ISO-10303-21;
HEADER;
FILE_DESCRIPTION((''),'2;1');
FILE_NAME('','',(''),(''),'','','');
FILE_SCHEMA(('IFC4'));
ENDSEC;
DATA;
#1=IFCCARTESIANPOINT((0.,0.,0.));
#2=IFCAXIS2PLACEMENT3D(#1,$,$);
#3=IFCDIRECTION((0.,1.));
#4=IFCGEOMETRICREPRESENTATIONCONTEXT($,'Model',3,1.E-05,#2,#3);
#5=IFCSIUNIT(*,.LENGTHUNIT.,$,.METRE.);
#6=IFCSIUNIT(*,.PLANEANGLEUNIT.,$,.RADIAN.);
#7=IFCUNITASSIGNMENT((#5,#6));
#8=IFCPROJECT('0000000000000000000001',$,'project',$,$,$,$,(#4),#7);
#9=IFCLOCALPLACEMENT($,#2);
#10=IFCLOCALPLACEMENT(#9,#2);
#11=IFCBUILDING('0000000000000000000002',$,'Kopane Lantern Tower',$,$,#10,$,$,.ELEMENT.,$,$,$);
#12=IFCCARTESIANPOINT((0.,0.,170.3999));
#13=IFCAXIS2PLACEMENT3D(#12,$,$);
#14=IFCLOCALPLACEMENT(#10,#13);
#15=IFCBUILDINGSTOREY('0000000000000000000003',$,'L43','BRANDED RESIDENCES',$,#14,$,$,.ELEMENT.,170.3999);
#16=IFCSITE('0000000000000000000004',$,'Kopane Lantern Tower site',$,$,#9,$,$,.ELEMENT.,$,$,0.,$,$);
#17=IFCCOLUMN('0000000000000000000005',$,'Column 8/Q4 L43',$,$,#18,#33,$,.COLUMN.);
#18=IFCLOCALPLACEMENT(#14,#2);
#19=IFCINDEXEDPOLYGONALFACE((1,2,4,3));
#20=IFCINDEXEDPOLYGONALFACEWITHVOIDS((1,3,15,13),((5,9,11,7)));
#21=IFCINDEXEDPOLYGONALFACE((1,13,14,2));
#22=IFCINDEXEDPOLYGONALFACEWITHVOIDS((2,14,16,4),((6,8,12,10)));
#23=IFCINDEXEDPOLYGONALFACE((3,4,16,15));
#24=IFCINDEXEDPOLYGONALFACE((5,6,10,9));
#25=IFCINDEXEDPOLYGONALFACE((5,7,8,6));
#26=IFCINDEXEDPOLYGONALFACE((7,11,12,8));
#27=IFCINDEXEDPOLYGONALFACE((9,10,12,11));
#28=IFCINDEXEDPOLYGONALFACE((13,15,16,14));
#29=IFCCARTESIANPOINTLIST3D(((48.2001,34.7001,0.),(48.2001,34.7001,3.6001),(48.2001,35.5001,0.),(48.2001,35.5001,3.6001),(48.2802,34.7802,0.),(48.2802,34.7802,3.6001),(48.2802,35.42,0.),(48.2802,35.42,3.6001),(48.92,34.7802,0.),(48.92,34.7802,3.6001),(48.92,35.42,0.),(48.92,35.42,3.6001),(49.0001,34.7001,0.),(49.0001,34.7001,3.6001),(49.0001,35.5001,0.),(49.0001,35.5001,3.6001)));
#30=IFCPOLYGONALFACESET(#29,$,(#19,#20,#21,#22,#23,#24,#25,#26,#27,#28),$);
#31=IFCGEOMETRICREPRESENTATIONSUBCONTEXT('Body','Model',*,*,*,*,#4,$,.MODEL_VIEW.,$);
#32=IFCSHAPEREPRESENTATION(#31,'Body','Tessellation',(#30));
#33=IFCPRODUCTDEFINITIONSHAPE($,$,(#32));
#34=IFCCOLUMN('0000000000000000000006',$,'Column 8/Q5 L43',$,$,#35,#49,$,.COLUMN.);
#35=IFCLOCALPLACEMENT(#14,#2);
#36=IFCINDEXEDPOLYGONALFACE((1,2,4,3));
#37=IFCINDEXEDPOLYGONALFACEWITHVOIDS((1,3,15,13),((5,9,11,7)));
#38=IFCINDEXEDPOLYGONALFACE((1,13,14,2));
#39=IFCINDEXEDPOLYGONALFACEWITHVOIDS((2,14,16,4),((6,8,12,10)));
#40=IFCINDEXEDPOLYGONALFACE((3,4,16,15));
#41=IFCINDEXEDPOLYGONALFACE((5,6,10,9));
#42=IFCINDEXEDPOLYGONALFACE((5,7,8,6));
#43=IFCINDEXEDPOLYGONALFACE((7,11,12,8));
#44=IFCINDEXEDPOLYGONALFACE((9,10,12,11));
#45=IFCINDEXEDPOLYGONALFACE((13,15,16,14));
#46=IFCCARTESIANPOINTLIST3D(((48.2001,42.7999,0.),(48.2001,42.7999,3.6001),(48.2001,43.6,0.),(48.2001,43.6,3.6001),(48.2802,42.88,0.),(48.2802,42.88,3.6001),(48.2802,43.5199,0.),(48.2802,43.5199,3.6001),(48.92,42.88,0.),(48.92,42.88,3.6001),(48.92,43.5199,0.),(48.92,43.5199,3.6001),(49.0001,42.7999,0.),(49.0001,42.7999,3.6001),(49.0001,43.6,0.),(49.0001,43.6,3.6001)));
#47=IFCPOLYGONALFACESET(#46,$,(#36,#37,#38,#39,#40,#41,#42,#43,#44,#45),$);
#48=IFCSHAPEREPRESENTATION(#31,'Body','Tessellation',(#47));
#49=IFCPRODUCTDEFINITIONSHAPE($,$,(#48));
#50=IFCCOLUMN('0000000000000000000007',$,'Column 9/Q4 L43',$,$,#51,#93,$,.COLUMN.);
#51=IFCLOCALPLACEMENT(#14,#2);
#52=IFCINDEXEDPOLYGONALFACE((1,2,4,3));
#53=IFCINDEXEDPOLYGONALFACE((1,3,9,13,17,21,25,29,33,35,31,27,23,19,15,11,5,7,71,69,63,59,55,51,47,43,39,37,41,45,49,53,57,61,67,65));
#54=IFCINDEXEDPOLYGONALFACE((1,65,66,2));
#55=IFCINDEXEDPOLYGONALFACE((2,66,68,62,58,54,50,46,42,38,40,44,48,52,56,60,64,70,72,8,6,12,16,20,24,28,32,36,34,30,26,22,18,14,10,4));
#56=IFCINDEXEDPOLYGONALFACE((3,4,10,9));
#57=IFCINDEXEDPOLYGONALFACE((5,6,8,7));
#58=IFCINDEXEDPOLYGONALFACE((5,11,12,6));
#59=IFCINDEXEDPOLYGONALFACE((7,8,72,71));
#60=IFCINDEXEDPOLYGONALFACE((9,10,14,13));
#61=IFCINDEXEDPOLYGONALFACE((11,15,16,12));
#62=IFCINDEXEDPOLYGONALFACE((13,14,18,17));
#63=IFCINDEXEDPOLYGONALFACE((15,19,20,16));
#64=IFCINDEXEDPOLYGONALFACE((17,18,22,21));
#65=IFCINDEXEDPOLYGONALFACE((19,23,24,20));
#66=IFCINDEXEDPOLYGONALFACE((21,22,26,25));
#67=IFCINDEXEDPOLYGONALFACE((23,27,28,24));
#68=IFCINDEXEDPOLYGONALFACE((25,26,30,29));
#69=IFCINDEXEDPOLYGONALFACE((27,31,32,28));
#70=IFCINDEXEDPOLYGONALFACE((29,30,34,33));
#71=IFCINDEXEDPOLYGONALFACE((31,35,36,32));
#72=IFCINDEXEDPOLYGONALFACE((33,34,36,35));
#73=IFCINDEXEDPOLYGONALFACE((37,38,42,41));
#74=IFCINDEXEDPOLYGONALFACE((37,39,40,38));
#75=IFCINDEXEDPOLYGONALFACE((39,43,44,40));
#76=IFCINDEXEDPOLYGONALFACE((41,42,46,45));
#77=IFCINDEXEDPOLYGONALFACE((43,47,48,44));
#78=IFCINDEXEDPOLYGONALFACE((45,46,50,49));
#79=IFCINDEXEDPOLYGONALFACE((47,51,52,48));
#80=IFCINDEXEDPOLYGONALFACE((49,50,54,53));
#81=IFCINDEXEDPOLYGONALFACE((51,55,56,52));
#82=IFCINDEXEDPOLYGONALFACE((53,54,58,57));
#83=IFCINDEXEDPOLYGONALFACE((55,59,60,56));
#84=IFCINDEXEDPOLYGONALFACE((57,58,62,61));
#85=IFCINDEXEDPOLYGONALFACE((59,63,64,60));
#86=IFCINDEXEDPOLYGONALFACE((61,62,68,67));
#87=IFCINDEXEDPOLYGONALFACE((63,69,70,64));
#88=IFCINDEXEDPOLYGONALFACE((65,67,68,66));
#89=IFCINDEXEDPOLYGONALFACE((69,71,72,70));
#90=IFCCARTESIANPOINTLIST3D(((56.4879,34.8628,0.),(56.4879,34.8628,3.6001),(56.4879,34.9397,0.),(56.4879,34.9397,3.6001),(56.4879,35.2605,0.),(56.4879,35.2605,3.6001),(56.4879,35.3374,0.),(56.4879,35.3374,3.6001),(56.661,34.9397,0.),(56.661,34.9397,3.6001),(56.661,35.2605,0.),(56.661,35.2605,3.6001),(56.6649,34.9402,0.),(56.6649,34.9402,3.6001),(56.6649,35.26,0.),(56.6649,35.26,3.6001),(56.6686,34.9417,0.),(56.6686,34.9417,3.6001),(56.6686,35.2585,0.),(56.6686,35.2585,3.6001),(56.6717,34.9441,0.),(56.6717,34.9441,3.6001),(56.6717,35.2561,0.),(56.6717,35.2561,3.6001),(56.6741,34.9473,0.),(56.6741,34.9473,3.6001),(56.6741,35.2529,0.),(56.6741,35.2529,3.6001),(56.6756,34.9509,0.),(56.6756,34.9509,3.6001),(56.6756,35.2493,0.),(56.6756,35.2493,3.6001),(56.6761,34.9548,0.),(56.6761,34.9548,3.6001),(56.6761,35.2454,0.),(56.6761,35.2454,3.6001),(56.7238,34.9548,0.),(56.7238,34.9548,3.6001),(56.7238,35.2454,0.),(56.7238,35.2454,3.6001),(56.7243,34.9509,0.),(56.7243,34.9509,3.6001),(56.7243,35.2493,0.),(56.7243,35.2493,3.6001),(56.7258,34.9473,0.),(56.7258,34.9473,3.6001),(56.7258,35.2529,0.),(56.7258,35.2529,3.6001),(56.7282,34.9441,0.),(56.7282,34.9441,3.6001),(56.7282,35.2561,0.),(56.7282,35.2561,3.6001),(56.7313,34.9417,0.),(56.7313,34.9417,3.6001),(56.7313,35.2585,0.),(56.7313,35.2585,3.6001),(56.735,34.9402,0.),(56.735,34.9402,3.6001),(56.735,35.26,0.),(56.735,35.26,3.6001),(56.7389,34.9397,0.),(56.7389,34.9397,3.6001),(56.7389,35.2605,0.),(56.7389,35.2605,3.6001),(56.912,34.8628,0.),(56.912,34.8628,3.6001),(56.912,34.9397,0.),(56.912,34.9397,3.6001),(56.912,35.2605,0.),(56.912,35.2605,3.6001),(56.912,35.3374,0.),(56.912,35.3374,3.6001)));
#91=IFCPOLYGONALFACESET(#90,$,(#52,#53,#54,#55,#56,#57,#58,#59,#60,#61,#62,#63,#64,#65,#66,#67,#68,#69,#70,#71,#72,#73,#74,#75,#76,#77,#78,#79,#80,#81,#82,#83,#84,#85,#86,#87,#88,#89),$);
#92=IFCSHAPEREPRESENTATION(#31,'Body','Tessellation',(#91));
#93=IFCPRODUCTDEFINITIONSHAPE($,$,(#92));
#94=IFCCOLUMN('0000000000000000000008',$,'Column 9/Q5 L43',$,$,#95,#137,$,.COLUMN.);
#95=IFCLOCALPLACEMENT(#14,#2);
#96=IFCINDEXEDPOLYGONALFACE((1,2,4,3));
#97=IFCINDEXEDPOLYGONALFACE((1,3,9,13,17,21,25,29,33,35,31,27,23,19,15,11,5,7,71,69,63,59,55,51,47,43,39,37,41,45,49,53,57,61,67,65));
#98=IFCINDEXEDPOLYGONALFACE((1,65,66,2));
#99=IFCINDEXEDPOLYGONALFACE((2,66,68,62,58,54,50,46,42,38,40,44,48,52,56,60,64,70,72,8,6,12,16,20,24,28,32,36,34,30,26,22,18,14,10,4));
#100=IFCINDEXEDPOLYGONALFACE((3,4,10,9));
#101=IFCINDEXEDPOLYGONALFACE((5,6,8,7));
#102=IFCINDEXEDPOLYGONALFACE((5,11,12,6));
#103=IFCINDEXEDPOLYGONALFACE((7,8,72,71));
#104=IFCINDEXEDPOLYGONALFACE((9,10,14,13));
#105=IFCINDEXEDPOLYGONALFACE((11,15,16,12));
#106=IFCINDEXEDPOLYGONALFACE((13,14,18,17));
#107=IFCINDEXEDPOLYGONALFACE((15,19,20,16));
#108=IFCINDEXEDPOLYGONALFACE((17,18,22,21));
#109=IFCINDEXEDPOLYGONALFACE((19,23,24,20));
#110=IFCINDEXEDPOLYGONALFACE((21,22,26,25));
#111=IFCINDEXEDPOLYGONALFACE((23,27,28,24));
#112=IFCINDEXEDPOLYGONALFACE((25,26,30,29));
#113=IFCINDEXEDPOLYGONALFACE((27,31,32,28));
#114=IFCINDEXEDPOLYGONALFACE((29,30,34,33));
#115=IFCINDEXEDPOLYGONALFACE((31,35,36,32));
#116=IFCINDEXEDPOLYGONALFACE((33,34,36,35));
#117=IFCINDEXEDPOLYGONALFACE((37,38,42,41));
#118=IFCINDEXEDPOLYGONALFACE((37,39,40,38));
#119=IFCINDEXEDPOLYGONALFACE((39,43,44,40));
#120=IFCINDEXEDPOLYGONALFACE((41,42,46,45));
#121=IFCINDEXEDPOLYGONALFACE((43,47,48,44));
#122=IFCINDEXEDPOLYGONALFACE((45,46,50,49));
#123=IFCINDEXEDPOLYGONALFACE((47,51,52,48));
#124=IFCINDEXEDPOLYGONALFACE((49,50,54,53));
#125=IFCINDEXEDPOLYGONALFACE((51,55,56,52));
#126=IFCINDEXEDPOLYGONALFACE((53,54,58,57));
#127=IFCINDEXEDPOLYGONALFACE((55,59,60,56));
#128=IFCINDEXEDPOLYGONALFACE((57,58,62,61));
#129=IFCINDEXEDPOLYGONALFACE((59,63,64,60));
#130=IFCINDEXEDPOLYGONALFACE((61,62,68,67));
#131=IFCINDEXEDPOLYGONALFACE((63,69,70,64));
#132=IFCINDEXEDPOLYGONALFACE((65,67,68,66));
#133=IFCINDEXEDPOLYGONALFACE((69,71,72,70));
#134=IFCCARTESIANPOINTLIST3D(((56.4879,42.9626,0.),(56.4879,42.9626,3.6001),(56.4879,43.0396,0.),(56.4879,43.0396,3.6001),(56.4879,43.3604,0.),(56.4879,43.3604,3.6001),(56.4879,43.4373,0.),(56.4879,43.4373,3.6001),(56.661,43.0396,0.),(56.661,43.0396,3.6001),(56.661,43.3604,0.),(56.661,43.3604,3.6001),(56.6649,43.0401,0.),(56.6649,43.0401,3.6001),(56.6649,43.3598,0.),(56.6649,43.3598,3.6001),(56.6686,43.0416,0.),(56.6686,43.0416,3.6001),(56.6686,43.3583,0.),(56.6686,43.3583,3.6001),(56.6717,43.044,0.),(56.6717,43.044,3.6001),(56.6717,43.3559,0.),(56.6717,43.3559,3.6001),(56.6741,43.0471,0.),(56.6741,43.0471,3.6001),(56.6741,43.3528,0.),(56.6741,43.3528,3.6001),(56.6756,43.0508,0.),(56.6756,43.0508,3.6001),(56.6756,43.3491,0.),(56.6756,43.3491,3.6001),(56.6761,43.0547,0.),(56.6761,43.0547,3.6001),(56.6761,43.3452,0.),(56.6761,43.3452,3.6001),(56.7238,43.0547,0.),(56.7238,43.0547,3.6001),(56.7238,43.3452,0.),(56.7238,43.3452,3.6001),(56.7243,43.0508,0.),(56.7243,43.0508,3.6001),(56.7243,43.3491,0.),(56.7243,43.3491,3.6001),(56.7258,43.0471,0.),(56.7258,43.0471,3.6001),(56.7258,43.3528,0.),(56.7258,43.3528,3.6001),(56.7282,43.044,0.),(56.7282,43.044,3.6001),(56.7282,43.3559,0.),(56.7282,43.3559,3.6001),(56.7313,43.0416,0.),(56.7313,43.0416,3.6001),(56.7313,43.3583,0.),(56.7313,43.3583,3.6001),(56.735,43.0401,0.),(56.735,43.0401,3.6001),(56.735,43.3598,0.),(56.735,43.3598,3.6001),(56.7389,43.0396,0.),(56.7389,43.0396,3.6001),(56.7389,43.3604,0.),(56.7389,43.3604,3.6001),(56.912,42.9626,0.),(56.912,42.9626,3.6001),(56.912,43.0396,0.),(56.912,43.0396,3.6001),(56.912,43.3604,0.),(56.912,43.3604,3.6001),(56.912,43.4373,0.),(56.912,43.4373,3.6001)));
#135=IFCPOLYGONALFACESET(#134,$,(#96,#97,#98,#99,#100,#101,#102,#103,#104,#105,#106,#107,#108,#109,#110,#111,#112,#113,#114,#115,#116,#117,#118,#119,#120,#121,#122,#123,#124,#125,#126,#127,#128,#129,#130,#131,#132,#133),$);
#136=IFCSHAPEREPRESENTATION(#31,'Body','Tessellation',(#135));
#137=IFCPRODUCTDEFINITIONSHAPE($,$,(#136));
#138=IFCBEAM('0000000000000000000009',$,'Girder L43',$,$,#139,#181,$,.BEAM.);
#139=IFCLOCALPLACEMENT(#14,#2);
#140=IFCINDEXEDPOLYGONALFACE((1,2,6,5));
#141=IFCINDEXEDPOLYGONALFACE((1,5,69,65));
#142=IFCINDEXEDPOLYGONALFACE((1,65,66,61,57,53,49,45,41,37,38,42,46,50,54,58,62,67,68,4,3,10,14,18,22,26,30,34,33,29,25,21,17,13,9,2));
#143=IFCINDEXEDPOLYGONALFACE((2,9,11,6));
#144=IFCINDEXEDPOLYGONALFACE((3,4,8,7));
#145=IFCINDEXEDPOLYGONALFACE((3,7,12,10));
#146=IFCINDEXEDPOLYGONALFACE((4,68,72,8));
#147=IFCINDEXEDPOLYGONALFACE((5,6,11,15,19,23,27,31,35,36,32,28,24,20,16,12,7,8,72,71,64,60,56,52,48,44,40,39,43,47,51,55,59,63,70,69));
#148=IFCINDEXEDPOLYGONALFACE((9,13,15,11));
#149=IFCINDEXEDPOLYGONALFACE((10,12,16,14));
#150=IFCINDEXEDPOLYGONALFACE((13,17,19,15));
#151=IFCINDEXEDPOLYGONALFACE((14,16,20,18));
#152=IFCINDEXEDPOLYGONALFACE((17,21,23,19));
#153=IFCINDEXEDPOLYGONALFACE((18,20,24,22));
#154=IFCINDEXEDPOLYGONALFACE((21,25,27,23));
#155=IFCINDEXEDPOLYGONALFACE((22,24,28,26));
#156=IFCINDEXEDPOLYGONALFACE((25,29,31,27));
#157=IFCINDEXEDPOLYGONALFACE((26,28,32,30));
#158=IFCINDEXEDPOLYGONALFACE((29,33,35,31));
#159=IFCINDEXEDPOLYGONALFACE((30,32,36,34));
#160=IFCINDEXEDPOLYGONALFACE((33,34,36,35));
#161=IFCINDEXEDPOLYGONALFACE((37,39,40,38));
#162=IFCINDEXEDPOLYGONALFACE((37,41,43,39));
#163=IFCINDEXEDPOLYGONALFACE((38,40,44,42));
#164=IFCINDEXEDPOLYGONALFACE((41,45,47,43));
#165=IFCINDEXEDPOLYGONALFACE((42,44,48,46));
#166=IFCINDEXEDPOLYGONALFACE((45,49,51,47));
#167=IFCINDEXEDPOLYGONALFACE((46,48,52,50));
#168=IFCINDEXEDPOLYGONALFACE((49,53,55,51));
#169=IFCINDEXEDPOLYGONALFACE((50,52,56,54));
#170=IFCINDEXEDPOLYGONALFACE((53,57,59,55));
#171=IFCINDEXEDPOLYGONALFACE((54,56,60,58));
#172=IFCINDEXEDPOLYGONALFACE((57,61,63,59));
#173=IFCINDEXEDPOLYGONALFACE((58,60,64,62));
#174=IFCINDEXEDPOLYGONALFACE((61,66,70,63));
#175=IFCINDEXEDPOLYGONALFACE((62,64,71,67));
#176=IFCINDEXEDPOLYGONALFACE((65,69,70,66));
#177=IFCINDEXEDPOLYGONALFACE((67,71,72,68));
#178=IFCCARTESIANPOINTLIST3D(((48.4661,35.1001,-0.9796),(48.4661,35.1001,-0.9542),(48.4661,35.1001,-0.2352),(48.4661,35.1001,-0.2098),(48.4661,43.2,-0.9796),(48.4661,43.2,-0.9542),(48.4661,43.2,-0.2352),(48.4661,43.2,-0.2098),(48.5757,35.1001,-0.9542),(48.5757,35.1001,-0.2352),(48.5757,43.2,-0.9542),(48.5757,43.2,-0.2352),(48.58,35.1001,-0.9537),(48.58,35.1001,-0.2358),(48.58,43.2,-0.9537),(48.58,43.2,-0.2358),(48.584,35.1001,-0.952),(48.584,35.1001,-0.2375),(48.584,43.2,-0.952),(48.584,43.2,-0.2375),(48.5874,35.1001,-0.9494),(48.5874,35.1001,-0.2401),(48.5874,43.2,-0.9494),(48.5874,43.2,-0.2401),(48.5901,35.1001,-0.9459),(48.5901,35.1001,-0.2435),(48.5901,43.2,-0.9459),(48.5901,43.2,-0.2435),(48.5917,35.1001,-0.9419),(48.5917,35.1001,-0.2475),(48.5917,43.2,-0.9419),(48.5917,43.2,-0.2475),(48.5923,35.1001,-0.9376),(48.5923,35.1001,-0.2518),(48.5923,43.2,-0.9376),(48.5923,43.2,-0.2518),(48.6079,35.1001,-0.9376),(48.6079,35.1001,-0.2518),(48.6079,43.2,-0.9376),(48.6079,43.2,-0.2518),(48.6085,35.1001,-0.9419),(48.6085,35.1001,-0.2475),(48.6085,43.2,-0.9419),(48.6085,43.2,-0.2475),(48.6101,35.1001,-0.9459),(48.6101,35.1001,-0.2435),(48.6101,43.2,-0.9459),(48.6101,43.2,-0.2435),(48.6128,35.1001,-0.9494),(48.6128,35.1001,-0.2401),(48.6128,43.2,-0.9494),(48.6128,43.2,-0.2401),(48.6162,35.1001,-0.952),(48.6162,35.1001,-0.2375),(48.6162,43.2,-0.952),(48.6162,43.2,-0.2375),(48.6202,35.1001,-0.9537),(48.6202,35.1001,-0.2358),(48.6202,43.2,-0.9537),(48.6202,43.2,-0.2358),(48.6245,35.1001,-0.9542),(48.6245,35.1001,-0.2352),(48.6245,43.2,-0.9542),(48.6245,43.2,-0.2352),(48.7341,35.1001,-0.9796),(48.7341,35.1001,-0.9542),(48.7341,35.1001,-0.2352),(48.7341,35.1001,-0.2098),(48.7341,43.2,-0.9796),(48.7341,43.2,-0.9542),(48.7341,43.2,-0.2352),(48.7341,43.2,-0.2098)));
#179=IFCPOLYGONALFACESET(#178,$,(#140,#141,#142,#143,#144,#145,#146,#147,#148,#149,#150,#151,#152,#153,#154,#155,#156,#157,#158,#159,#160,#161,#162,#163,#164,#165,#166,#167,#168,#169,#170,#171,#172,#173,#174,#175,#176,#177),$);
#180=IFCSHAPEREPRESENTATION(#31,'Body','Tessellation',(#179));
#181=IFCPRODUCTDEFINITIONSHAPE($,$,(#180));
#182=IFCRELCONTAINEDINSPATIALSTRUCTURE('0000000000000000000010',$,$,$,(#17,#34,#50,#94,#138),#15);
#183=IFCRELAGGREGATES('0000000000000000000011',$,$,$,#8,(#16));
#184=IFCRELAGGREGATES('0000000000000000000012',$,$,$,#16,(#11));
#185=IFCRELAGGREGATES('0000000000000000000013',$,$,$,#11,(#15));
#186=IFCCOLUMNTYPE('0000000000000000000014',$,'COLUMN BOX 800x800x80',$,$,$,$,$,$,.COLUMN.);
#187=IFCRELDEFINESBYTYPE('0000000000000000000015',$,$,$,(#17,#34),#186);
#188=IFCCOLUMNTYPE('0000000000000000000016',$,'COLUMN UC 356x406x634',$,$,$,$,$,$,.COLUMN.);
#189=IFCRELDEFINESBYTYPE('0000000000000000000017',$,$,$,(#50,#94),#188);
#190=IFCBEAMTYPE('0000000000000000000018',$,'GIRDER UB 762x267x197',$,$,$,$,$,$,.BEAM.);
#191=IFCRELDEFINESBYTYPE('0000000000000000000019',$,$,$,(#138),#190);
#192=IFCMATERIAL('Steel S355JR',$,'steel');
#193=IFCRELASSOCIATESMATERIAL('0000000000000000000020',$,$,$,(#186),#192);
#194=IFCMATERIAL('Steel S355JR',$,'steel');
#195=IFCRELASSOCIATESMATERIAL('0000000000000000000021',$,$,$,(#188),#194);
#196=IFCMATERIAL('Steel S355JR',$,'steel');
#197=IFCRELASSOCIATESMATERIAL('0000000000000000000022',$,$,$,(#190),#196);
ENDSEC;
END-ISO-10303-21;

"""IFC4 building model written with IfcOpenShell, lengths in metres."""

from ifc_helpers import new_model, si_unit, direction, frame, origin, origin_2d, place, context, subcontext, project, spatial, hollow_rectangle, i_section, extrude, material, material_profile, profile_set, type_object, element, save


model = new_model("IFC4")

# Units and contexts
model_context = context("Model", 3, precision=1e-05, world=origin(), true_north=direction((0.0, 1.0)))
body_context = subcontext(model_context, "Body", "Model", "MODEL_VIEW")
ifc_project = project(units=[si_unit("LENGTHUNIT", "METRE"), si_unit("PLANEANGLEUNIT", "RADIAN")], contexts=[model_context])

# Site, building, storey
site_placement = place(None, origin())
site = spatial("IfcSite", under=ifc_project, at=site_placement, Name="Kopane Lantern Tower site", CompositionType="ELEMENT", RefElevation=0.0)
building_placement = place(site_placement, origin())
building = spatial("IfcBuilding", under=site, at=building_placement, Name="Kopane Lantern Tower", CompositionType="ELEMENT")
storey_placement = place(building_placement, frame((0.0, 0.0, 170.3999)))
storey = spatial("IfcBuildingStorey", under=building, at=storey_placement, Name="L43", Description="BRANDED RESIDENCES", CompositionType="ELEMENT", Elevation=170.3999)

# Columns
ifc_material_1 = material(Name="Steel S355JR", Category="steel")
ifc_material_profile_1 = material_profile(ifc_material_1, hollow_rectangle(XDim=0.8, YDim=0.8, WallThickness=0.0801, at=origin_2d()), Name="BOX 800x800x80")
ifc_profile_set_1 = profile_set([ifc_material_profile_1], Name="Steel S355JR")
column_type_1 = type_object("IfcColumnType", Name="COLUMN BOX 800x800x80", PredefinedType="COLUMN", material=ifc_profile_set_1)
for number, where, z_axis, x_axis, name in (
    (1, (48.6001, 35.1001, 0.0), (0.0, 0.0, 1.0), (1.0, 0.0, 0.0), "Column 8/Q4 L43"),
    (2, (48.6001, 43.2, 0.0), (0.0, 0.0, 1.0), (1.0, 0.0, 0.0), "Column 8/Q5 L43"),
):
    element("IfcColumn", number, at=place(storey_placement, frame(where, z_axis=z_axis, x_axis=x_axis)), inside=storey, type_object=column_type_1, Name=name, PredefinedType="COLUMN", context=body_context, shape_type="SweptSolid", body=[
        extrude(hollow_rectangle(XDim=0.8, YDim=0.8, WallThickness=0.0801, at=origin_2d()), origin(), (0.0, 0.0, 1.0), 3.6001),
    ])
ifc_material_2 = material(Name="Steel S355JR", Category="steel")
ifc_material_profile_2 = material_profile(ifc_material_2, i_section(OverallWidth=0.4241, OverallDepth=0.4746, WebThickness=0.0476, FlangeThickness=0.0769, FilletRadius=0.0151, at=origin_2d()), Name="UC 356x406x634")
ifc_profile_set_2 = profile_set([ifc_material_profile_2], Name="Steel S355JR")
column_type_2 = type_object("IfcColumnType", Name="COLUMN UC 356x406x634", PredefinedType="COLUMN", material=ifc_profile_set_2)
for number, where, z_axis, x_axis, name in (
    (3, (56.7, 35.1001, 0.0), (0.0, 0.0, 1.0), (1.0, 0.0, 0.0), "Column 9/Q4 L43"),
    (4, (56.7, 43.2, 0.0), (0.0, 0.0, 1.0), (1.0, 0.0, 0.0), "Column 9/Q5 L43"),
):
    element("IfcColumn", number, at=place(storey_placement, frame(where, z_axis=z_axis, x_axis=x_axis)), inside=storey, type_object=column_type_2, Name=name, PredefinedType="COLUMN", context=body_context, shape_type="SweptSolid", body=[
        extrude(i_section(OverallWidth=0.4241, OverallDepth=0.4746, WebThickness=0.0476, FlangeThickness=0.0769, FilletRadius=0.0151, at=origin_2d()), origin(), (0.0, 0.0, 1.0), 3.6001),
    ])

# Beam
ifc_material_3 = material(Name="Steel S355JR", Category="steel")
ifc_material_profile_3 = material_profile(ifc_material_3, i_section(OverallWidth=0.2681, OverallDepth=0.7698, WebThickness=0.0156, FlangeThickness=0.0254, FilletRadius=0.0166, at=origin_2d()), Name="UB 762x267x197")
ifc_profile_set_3 = profile_set([ifc_material_profile_3], Name="Steel S355JR")
beam_type = type_object("IfcBeamType", Name="GIRDER UB 762x267x197", PredefinedType="BEAM", material=ifc_profile_set_3)
for number, where, z_axis, x_axis, name in (
    (5, (48.6001, 35.1001, -0.5947), (0.0, 1.0, 0.0), (-1.0, 0.0, 0.0), "Girder L43"),
):
    element("IfcBeam", number, at=place(storey_placement, frame(where, z_axis=z_axis, x_axis=x_axis)), inside=storey, type_object=beam_type, Name=name, PredefinedType="BEAM", context=body_context, shape_type="SweptSolid", body=[
        extrude(i_section(OverallWidth=0.2681, OverallDepth=0.7698, WebThickness=0.0156, FlangeThickness=0.0254, FilletRadius=0.0166, at=origin_2d()), origin(), (0.0, 0.0, 1.0), 8.0999),
    ])

save(model, "model.ifc")
